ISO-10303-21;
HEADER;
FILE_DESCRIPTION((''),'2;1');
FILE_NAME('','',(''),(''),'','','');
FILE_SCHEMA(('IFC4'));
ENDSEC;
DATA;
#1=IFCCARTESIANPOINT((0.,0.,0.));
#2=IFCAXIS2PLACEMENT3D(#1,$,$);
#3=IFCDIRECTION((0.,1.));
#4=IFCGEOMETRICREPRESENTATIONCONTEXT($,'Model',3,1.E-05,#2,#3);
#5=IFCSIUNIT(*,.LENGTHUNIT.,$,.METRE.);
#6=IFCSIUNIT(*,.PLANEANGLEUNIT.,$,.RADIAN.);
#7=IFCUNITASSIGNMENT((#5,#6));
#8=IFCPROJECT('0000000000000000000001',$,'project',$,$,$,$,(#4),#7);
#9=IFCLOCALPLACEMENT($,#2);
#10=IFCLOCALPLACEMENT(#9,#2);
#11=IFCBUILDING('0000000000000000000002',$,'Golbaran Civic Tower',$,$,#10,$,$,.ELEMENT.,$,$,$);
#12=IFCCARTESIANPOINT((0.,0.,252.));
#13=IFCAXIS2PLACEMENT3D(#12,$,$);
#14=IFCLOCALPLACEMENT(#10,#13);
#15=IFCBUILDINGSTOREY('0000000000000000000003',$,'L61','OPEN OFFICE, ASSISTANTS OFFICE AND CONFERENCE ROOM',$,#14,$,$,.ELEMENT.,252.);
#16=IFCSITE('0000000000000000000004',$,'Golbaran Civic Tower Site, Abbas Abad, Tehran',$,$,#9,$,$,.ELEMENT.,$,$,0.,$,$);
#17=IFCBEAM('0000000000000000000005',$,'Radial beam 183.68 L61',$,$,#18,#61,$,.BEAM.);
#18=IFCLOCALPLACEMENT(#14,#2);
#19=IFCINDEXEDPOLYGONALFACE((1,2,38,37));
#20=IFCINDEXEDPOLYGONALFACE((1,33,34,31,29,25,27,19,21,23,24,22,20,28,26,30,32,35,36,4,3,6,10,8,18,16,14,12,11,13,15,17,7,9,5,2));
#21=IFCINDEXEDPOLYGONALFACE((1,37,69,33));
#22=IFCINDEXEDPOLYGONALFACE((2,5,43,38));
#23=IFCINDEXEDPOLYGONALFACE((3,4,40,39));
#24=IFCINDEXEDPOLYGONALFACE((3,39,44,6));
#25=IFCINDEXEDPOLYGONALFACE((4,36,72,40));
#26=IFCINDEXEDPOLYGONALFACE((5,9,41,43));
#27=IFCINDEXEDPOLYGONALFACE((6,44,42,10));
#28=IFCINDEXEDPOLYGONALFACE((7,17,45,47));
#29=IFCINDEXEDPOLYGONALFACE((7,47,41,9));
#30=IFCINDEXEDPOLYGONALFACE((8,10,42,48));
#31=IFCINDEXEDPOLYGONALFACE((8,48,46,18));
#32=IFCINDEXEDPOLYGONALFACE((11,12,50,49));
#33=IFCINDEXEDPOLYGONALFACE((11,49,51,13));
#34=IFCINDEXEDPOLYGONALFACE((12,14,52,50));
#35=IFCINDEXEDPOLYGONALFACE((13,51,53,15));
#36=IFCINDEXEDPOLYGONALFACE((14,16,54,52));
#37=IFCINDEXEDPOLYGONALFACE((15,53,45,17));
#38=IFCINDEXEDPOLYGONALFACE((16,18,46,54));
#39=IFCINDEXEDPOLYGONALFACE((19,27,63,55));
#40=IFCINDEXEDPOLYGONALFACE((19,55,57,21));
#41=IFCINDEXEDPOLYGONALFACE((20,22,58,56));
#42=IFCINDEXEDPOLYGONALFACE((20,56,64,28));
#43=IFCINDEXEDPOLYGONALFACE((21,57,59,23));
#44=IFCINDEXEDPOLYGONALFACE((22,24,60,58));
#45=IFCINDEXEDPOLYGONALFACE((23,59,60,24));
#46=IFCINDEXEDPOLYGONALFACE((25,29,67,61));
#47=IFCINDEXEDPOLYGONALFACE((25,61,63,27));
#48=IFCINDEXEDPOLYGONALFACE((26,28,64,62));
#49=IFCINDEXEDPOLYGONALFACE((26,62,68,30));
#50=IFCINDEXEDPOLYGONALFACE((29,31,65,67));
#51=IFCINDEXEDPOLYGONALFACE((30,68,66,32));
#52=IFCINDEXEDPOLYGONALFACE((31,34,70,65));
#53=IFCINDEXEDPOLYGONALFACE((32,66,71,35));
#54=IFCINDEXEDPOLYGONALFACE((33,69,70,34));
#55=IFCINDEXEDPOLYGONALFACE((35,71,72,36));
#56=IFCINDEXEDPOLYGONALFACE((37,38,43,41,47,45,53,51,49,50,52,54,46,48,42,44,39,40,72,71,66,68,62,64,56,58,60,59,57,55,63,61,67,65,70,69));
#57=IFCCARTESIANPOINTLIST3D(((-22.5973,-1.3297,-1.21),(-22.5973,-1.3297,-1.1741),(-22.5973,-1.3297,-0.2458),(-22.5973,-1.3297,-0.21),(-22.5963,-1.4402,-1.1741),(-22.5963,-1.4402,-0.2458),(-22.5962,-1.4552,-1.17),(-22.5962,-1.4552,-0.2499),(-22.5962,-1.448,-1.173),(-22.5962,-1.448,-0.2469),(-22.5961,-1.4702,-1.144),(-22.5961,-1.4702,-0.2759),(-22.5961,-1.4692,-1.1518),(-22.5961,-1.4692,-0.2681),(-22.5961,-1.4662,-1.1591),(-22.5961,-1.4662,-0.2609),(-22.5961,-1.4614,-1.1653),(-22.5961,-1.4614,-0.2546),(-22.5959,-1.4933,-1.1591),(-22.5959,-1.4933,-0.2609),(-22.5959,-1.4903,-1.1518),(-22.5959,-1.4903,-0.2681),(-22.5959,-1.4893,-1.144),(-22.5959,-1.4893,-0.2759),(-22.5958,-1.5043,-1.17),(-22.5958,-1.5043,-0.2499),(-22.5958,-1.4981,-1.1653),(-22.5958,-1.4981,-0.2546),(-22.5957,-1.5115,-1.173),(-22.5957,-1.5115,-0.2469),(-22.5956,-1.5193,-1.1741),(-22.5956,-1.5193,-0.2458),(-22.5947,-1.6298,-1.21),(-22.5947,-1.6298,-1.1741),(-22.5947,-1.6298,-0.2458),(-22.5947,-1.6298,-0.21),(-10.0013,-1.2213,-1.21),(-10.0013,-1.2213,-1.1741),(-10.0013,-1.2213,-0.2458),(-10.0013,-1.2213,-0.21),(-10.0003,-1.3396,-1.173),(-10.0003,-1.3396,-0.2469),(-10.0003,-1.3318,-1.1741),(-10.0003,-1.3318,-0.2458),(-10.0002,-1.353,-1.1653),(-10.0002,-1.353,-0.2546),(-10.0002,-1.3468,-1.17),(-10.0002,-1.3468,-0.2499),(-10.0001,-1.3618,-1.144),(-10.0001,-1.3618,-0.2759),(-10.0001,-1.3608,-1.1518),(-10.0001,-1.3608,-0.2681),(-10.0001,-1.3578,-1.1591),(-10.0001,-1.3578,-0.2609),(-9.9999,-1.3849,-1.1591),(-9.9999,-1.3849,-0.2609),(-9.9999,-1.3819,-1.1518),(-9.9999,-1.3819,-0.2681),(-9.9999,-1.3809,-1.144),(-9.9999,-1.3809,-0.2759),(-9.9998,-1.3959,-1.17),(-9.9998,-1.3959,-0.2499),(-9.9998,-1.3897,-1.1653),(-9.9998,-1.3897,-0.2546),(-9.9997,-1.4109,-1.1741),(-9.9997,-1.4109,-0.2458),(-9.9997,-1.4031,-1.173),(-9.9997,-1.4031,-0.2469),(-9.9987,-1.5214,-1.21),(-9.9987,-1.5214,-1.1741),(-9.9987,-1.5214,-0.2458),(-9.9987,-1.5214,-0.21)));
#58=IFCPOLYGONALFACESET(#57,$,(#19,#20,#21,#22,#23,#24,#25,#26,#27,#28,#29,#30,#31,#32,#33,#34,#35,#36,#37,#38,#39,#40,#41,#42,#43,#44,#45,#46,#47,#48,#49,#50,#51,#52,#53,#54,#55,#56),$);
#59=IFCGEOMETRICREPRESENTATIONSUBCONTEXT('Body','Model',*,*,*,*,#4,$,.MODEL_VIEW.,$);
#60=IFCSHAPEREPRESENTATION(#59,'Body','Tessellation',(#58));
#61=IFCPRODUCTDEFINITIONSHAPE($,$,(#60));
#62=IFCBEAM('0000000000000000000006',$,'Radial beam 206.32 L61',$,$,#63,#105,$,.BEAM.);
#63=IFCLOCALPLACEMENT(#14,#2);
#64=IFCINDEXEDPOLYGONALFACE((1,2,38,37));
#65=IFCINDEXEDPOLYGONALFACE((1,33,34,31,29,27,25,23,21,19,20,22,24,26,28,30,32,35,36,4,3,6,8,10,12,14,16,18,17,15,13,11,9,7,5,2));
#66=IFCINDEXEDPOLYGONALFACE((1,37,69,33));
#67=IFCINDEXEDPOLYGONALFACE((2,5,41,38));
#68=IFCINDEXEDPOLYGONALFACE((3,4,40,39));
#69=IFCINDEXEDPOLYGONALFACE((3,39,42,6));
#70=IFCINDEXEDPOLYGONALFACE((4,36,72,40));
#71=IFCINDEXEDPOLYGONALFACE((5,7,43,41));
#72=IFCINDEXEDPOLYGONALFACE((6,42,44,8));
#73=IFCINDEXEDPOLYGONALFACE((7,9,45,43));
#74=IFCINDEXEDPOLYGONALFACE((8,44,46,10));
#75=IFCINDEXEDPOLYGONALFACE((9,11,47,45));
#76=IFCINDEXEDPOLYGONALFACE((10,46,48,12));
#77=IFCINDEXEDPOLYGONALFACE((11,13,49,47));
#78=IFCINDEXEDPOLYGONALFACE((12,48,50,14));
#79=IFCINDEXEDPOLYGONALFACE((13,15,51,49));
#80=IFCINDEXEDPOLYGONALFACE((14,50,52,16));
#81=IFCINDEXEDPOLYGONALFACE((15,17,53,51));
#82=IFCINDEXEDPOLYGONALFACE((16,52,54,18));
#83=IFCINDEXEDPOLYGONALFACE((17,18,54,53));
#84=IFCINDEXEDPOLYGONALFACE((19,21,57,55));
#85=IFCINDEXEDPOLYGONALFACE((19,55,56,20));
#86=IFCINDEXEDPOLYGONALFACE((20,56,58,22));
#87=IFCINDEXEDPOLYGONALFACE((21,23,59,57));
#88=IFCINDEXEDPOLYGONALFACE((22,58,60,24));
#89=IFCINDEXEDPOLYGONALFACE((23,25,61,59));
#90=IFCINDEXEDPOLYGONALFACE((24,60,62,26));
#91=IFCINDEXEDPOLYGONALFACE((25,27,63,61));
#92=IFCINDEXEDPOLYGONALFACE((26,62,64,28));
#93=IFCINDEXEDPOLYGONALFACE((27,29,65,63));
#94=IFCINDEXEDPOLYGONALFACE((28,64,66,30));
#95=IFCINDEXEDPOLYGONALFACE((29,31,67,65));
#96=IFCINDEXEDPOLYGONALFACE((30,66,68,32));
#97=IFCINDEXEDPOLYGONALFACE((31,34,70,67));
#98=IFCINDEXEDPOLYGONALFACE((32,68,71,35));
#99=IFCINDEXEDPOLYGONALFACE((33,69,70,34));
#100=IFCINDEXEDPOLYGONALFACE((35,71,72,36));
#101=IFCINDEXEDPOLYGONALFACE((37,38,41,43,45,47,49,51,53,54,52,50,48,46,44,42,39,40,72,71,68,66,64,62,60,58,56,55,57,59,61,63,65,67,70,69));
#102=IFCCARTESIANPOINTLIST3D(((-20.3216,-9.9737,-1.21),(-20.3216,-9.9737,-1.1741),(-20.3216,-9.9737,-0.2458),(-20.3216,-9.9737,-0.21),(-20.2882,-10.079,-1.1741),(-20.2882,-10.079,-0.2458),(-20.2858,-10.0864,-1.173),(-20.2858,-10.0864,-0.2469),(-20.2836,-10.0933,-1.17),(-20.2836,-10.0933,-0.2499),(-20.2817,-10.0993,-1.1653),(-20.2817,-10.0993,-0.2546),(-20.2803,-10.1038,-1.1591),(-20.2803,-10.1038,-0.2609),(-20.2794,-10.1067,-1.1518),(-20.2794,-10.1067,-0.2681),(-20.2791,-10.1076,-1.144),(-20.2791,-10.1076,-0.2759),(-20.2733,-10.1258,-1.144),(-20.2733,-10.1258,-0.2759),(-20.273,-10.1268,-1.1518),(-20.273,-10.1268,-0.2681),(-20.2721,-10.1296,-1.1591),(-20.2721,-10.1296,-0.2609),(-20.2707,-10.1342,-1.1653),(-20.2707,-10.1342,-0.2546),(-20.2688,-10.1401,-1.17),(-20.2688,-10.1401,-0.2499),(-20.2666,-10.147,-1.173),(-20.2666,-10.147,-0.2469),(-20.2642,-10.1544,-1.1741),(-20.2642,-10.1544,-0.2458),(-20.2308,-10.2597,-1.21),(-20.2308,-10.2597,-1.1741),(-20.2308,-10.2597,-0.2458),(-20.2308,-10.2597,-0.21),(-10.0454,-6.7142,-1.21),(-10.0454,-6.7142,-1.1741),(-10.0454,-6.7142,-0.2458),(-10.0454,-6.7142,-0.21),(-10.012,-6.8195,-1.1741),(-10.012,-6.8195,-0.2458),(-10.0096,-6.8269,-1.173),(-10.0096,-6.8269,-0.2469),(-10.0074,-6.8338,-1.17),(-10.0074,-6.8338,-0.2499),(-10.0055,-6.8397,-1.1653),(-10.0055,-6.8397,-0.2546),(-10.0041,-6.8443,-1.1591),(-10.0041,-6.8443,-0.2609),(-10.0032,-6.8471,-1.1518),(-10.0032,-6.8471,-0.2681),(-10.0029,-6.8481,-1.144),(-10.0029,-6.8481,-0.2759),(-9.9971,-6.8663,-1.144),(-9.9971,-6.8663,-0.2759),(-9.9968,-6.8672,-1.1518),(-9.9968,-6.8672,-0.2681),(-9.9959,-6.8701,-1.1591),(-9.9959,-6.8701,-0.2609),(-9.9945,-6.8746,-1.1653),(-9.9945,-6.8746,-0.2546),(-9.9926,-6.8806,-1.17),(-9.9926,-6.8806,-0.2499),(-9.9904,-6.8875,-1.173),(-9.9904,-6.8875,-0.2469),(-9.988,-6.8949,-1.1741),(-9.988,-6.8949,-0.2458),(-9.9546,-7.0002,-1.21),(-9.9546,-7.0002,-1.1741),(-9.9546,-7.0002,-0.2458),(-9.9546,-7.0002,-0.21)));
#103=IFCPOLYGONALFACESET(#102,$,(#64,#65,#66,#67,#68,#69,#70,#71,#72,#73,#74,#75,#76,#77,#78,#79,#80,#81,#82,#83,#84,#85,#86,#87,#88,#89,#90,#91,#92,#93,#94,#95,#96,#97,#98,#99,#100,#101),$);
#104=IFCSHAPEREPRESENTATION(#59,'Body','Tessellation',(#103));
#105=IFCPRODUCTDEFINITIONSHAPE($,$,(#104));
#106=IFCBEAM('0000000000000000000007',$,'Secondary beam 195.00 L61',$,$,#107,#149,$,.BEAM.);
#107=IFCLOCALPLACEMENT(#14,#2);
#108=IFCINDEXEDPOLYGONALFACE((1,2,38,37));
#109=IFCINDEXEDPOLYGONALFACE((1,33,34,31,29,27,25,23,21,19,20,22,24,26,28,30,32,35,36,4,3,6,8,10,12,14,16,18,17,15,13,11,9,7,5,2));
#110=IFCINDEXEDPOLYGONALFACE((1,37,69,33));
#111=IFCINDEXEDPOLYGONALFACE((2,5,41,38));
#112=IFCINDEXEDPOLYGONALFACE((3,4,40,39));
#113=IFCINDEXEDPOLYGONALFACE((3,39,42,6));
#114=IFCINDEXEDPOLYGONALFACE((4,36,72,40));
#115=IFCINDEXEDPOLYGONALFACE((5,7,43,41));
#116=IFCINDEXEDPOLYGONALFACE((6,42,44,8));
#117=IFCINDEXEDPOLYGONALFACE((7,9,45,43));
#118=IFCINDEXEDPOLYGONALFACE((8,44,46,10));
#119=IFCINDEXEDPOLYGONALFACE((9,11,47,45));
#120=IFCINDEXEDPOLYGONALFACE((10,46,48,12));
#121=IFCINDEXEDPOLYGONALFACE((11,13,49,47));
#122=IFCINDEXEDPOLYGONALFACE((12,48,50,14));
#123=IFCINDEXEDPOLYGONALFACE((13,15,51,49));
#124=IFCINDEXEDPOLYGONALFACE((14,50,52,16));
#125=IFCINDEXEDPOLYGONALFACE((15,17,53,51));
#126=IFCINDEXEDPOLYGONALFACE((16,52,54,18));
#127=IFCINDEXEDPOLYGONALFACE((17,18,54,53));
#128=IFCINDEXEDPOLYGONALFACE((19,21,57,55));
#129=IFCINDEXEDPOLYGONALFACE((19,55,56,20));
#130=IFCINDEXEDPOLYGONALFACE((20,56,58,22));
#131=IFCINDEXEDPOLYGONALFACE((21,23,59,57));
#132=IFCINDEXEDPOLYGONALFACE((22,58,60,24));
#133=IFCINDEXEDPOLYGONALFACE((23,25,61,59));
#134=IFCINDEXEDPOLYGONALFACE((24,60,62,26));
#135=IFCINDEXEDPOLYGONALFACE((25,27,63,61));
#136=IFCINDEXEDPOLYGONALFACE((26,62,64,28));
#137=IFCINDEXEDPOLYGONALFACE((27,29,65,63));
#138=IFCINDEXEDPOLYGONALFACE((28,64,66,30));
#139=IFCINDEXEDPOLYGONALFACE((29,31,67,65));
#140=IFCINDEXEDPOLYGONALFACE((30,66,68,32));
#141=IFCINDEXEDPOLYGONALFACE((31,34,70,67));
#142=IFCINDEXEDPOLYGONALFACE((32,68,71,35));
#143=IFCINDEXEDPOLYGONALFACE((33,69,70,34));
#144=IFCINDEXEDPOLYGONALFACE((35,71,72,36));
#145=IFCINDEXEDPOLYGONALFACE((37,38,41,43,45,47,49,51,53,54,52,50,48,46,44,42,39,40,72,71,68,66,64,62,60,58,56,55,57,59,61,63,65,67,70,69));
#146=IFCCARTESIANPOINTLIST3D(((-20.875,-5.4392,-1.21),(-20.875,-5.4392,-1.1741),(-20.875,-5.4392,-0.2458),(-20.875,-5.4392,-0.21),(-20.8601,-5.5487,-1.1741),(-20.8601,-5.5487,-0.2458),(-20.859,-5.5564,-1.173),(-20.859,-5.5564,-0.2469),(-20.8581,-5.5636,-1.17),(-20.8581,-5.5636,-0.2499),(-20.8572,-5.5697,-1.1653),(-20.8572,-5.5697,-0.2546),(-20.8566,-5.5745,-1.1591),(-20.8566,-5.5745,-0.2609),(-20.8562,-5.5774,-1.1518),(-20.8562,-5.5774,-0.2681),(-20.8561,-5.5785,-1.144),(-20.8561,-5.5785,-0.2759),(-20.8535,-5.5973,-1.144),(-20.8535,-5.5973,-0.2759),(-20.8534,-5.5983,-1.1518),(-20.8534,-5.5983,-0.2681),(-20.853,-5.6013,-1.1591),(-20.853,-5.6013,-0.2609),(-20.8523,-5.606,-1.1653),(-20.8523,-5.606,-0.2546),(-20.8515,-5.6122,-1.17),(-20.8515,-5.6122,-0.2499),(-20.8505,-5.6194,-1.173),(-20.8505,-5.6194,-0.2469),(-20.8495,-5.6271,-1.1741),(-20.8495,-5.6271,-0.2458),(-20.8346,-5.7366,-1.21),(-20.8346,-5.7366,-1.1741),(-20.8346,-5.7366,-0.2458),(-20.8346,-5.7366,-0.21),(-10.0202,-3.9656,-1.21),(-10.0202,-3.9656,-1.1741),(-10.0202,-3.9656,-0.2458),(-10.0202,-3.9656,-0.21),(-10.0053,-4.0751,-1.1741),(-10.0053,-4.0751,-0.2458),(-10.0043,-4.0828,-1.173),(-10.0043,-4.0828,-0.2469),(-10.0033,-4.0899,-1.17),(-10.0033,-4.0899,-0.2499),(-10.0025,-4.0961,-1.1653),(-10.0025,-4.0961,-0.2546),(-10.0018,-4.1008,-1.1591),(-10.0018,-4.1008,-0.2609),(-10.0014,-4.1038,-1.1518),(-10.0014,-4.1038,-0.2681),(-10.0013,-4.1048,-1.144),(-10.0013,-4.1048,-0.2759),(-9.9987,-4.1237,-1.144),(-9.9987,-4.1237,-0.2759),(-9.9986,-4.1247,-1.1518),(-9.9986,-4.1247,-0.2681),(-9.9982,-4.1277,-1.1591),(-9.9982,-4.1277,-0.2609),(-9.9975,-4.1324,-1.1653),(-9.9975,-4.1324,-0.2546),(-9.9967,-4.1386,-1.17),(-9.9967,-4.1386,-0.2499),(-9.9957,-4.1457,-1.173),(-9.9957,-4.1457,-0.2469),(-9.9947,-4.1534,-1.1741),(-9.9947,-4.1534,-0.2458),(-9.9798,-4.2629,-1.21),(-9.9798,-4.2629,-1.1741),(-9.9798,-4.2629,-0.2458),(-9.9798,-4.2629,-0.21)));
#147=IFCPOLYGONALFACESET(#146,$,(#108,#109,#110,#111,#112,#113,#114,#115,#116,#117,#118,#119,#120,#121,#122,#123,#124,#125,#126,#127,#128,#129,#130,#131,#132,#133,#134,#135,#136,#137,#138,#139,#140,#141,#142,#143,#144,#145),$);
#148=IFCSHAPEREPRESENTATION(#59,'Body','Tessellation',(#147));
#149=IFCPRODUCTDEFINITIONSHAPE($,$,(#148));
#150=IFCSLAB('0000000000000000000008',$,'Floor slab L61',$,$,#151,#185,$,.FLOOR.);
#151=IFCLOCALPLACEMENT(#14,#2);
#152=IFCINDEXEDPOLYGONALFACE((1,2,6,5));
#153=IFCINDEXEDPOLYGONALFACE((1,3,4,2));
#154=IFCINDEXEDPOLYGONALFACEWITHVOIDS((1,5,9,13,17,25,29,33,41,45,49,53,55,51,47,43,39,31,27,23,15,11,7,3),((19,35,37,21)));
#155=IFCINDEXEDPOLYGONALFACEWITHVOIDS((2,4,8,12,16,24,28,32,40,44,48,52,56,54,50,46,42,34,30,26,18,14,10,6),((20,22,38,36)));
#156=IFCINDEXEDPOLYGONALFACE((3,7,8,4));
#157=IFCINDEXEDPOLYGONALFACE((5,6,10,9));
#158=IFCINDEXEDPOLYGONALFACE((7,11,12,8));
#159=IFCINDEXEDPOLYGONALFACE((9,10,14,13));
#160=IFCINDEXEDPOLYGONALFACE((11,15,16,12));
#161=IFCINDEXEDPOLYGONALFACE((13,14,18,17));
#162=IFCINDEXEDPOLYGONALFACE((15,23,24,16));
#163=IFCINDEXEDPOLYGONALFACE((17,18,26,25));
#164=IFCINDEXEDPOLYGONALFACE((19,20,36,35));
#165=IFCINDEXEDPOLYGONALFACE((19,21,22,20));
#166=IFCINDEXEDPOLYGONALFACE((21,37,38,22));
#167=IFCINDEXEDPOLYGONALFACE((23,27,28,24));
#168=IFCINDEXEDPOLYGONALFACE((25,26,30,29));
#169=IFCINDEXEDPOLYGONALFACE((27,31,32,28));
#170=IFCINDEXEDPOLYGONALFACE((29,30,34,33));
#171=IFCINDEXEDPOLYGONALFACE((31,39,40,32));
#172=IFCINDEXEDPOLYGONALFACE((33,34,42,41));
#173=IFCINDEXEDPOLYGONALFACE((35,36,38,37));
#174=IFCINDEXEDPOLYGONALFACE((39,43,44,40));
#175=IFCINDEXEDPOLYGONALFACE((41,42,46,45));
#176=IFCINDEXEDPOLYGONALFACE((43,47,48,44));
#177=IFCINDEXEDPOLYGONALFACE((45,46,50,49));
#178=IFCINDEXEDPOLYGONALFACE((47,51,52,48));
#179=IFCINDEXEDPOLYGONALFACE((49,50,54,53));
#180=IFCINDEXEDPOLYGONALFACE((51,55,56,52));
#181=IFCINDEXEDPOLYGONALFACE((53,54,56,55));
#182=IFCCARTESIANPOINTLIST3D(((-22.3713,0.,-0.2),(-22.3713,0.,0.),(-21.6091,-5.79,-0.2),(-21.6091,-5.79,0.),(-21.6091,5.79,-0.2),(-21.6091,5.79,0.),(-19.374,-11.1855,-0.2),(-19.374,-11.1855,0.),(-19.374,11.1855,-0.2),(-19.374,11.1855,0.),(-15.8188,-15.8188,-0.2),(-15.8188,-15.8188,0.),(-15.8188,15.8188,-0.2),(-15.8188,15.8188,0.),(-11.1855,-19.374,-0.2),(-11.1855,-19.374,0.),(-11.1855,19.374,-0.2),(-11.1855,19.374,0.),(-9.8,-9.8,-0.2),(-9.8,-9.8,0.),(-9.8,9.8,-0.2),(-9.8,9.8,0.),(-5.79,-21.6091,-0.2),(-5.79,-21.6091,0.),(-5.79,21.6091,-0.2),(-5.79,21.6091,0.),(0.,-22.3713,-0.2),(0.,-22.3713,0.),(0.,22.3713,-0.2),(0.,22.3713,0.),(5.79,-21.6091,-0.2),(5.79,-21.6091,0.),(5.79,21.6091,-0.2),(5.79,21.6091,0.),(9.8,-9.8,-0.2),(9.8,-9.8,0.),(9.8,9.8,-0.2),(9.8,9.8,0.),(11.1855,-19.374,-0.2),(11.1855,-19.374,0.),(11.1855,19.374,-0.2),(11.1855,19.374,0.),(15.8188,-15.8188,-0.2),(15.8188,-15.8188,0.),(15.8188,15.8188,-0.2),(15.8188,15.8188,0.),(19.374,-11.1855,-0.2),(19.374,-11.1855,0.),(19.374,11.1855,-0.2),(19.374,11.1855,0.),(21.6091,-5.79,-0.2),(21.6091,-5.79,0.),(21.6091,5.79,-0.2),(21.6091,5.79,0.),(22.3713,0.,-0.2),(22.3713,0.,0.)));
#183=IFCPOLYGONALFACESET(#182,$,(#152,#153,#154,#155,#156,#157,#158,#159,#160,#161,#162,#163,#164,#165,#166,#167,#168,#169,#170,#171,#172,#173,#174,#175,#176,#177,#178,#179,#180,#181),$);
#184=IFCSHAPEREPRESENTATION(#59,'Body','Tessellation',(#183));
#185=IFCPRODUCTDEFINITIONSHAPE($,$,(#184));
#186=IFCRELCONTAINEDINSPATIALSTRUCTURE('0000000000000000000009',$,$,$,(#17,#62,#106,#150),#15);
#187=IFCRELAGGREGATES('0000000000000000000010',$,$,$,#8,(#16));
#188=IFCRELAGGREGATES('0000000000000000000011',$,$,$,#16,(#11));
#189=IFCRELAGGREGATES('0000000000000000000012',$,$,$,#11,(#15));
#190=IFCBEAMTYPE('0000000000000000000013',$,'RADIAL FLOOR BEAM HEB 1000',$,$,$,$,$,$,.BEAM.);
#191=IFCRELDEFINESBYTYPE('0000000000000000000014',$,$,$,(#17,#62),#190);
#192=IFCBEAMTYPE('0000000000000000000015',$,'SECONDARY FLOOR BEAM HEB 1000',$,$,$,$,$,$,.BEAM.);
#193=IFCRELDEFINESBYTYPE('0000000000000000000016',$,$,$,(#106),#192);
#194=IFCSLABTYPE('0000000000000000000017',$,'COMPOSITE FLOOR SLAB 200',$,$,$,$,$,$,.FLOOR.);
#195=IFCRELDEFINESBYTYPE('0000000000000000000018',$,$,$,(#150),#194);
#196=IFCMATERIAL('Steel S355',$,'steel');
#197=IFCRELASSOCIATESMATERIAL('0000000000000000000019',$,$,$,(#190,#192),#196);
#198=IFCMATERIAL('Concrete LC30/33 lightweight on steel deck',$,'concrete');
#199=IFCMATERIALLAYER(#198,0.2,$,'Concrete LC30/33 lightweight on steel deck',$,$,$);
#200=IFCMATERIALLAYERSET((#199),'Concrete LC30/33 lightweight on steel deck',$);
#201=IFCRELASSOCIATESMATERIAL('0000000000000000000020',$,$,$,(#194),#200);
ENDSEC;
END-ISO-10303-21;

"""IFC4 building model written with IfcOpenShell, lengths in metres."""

from ifc_helpers import new_model, si_unit, direction, frame, origin, origin_2d, place, context, subcontext, project, spatial, polyline, i_section, outline, extrude, material, layer, layer_set, material_profile, profile_set, type_object, element, save


model = new_model("IFC4")

# Units and contexts
model_context = context("Model", 3, precision=1e-05, world=origin(), true_north=direction((0.0, 1.0)))
body_context = subcontext(model_context, "Body", "Model", "MODEL_VIEW")
ifc_project = project(units=[si_unit("LENGTHUNIT", "METRE"), si_unit("PLANEANGLEUNIT", "RADIAN")], contexts=[model_context])

# Site, building, storey
site_placement = place(None, origin())
site = spatial("IfcSite", under=ifc_project, at=site_placement, Name="Golbaran Civic Tower Site, Abbas Abad, Tehran", CompositionType="ELEMENT", RefElevation=0.0)
building_placement = place(site_placement, origin())
building = spatial("IfcBuilding", under=site, at=building_placement, Name="Golbaran Civic Tower", CompositionType="ELEMENT")
storey_placement = place(building_placement, frame((0.0, 0.0, 252.0)))
storey = spatial("IfcBuildingStorey", under=building, at=storey_placement, Name="L61", Description="OPEN OFFICE, ASSISTANTS OFFICE AND CONFERENCE ROOM", CompositionType="ELEMENT", Elevation=252.0)

# Beams
ifc_material_1 = material(Name="Steel S355", Category="steel")
ifc_material_profile_1 = material_profile(ifc_material_1, i_section(OverallWidth=0.3, OverallDepth=1.0, WebThickness=0.019, FlangeThickness=0.0359, FilletRadius=0.03, at=origin_2d()), Name="HEB 1000")
ifc_profile_set_1 = profile_set([ifc_material_profile_1], Name="Steel S355")
beam_type_1 = type_object("IfcBeamType", Name="RADIAL FLOOR BEAM HEB 1000", PredefinedType="BEAM", material=ifc_profile_set_1)
beam_1_placement = place(storey_placement, frame((-10.0, -1.3713, -0.71), z_axis=(-0.999963, -0.008605, 0.0), x_axis=(0.008605, -0.999963, 0.0)))
element("IfcBeam", 1, at=beam_1_placement, inside=storey, type_object=beam_type_1, Name="Radial beam 183.68 L61", PredefinedType="BEAM", context=body_context, shape_type="SweptSolid", body=[
    extrude(i_section(OverallWidth=0.3, OverallDepth=1.0, WebThickness=0.019, FlangeThickness=0.0359, FilletRadius=0.03, at=origin_2d()), origin(), (0.0, 0.0, 1.0), 12.5964),
])
beam_2_placement = place(storey_placement, frame((-10.0, -6.8572, -0.71), z_axis=(-0.953198, -0.302348, 0.0), x_axis=(0.302348, -0.953198, 0.0)))
element("IfcBeam", 2, at=beam_2_placement, inside=storey, type_object=beam_type_1, Name="Radial beam 206.32 L61", PredefinedType="BEAM", context=body_context, shape_type="SweptSolid", body=[
    extrude(i_section(OverallWidth=0.3, OverallDepth=1.0, WebThickness=0.019, FlangeThickness=0.0359, FilletRadius=0.03, at=origin_2d()), origin(), (0.0, 0.0, 1.0), 10.7808),
])
ifc_material_profile_2 = material_profile(ifc_material_1, i_section(OverallWidth=0.3, OverallDepth=1.0, WebThickness=0.019, FlangeThickness=0.0359, FilletRadius=0.03, at=origin_2d()), Name="HEB 1000")
ifc_profile_set_2 = profile_set([ifc_material_profile_2], Name="Steel S355")
beam_type_2 = type_object("IfcBeamType", Name="SECONDARY FLOOR BEAM HEB 1000", PredefinedType="BEAM", material=ifc_profile_set_2)
beam_3_placement = place(storey_placement, frame((-10.0, -4.1143, -0.71), z_axis=(-0.99091, -0.134525, 0.0), x_axis=(0.134525, -0.99091, 0.0)))
element("IfcBeam", 3, at=beam_3_placement, inside=storey, type_object=beam_type_2, Name="Secondary beam 195.00 L61", PredefinedType="BEAM", context=body_context, shape_type="SweptSolid", body=[
    extrude(i_section(OverallWidth=0.3, OverallDepth=1.0, WebThickness=0.019, FlangeThickness=0.0359, FilletRadius=0.03, at=origin_2d()), origin(), (0.0, 0.0, 1.0), 10.9543),
])

# Slab
ifc_material_2 = material(Name="Concrete LC30/33 lightweight on steel deck", Category="concrete")
ifc_layer_1 = layer(ifc_material_2, 0.2, Name="Concrete LC30/33 lightweight on steel deck")
ifc_layer_set_1 = layer_set([ifc_layer_1], Name="Concrete LC30/33 lightweight on steel deck")
slab_type_1 = type_object("IfcSlabType", Name="COMPOSITE FLOOR SLAB 200", PredefinedType="FLOOR", material=ifc_layer_set_1)
slab_1_placement = place(storey_placement, frame((0.0, 0.0, -0.2)))
element("IfcSlab", 4, at=slab_1_placement, inside=storey, type_object=slab_type_1, Name="Floor slab L61", PredefinedType="FLOOR", context=body_context, shape_type="SweptSolid", body=[
    extrude(outline(polyline([(19.374, -11.1855), (15.8188, -15.8188), (11.1855, -19.374), (5.79, -21.6091), (0.0, -22.3713), (-5.79, -21.6091), (-11.1855, -19.374), (-15.8188, -15.8188), (-19.374, -11.1855), (-21.6091, -5.79), (-22.3713, 0.0), (-21.6091, 5.79), (-19.374, 11.1855), (-15.8188, 15.8188), (-11.1855, 19.374), (-5.79, 21.6091), (0.0, 22.3713), (5.79, 21.6091), (11.1855, 19.374), (15.8188, 15.8188), (19.374, 11.1855), (21.6091, 5.79), (22.3713, 0.0), (21.6091, -5.79), (19.374, -11.1855)]), holes=[polyline([(-9.8, 9.8), (-9.8, -9.8), (9.8, -9.8), (9.8, 9.8), (-9.8, 9.8)])]), origin(), (0.0, 0.0, 1.0), 0.2),
])

save(model, "model.ifc")
